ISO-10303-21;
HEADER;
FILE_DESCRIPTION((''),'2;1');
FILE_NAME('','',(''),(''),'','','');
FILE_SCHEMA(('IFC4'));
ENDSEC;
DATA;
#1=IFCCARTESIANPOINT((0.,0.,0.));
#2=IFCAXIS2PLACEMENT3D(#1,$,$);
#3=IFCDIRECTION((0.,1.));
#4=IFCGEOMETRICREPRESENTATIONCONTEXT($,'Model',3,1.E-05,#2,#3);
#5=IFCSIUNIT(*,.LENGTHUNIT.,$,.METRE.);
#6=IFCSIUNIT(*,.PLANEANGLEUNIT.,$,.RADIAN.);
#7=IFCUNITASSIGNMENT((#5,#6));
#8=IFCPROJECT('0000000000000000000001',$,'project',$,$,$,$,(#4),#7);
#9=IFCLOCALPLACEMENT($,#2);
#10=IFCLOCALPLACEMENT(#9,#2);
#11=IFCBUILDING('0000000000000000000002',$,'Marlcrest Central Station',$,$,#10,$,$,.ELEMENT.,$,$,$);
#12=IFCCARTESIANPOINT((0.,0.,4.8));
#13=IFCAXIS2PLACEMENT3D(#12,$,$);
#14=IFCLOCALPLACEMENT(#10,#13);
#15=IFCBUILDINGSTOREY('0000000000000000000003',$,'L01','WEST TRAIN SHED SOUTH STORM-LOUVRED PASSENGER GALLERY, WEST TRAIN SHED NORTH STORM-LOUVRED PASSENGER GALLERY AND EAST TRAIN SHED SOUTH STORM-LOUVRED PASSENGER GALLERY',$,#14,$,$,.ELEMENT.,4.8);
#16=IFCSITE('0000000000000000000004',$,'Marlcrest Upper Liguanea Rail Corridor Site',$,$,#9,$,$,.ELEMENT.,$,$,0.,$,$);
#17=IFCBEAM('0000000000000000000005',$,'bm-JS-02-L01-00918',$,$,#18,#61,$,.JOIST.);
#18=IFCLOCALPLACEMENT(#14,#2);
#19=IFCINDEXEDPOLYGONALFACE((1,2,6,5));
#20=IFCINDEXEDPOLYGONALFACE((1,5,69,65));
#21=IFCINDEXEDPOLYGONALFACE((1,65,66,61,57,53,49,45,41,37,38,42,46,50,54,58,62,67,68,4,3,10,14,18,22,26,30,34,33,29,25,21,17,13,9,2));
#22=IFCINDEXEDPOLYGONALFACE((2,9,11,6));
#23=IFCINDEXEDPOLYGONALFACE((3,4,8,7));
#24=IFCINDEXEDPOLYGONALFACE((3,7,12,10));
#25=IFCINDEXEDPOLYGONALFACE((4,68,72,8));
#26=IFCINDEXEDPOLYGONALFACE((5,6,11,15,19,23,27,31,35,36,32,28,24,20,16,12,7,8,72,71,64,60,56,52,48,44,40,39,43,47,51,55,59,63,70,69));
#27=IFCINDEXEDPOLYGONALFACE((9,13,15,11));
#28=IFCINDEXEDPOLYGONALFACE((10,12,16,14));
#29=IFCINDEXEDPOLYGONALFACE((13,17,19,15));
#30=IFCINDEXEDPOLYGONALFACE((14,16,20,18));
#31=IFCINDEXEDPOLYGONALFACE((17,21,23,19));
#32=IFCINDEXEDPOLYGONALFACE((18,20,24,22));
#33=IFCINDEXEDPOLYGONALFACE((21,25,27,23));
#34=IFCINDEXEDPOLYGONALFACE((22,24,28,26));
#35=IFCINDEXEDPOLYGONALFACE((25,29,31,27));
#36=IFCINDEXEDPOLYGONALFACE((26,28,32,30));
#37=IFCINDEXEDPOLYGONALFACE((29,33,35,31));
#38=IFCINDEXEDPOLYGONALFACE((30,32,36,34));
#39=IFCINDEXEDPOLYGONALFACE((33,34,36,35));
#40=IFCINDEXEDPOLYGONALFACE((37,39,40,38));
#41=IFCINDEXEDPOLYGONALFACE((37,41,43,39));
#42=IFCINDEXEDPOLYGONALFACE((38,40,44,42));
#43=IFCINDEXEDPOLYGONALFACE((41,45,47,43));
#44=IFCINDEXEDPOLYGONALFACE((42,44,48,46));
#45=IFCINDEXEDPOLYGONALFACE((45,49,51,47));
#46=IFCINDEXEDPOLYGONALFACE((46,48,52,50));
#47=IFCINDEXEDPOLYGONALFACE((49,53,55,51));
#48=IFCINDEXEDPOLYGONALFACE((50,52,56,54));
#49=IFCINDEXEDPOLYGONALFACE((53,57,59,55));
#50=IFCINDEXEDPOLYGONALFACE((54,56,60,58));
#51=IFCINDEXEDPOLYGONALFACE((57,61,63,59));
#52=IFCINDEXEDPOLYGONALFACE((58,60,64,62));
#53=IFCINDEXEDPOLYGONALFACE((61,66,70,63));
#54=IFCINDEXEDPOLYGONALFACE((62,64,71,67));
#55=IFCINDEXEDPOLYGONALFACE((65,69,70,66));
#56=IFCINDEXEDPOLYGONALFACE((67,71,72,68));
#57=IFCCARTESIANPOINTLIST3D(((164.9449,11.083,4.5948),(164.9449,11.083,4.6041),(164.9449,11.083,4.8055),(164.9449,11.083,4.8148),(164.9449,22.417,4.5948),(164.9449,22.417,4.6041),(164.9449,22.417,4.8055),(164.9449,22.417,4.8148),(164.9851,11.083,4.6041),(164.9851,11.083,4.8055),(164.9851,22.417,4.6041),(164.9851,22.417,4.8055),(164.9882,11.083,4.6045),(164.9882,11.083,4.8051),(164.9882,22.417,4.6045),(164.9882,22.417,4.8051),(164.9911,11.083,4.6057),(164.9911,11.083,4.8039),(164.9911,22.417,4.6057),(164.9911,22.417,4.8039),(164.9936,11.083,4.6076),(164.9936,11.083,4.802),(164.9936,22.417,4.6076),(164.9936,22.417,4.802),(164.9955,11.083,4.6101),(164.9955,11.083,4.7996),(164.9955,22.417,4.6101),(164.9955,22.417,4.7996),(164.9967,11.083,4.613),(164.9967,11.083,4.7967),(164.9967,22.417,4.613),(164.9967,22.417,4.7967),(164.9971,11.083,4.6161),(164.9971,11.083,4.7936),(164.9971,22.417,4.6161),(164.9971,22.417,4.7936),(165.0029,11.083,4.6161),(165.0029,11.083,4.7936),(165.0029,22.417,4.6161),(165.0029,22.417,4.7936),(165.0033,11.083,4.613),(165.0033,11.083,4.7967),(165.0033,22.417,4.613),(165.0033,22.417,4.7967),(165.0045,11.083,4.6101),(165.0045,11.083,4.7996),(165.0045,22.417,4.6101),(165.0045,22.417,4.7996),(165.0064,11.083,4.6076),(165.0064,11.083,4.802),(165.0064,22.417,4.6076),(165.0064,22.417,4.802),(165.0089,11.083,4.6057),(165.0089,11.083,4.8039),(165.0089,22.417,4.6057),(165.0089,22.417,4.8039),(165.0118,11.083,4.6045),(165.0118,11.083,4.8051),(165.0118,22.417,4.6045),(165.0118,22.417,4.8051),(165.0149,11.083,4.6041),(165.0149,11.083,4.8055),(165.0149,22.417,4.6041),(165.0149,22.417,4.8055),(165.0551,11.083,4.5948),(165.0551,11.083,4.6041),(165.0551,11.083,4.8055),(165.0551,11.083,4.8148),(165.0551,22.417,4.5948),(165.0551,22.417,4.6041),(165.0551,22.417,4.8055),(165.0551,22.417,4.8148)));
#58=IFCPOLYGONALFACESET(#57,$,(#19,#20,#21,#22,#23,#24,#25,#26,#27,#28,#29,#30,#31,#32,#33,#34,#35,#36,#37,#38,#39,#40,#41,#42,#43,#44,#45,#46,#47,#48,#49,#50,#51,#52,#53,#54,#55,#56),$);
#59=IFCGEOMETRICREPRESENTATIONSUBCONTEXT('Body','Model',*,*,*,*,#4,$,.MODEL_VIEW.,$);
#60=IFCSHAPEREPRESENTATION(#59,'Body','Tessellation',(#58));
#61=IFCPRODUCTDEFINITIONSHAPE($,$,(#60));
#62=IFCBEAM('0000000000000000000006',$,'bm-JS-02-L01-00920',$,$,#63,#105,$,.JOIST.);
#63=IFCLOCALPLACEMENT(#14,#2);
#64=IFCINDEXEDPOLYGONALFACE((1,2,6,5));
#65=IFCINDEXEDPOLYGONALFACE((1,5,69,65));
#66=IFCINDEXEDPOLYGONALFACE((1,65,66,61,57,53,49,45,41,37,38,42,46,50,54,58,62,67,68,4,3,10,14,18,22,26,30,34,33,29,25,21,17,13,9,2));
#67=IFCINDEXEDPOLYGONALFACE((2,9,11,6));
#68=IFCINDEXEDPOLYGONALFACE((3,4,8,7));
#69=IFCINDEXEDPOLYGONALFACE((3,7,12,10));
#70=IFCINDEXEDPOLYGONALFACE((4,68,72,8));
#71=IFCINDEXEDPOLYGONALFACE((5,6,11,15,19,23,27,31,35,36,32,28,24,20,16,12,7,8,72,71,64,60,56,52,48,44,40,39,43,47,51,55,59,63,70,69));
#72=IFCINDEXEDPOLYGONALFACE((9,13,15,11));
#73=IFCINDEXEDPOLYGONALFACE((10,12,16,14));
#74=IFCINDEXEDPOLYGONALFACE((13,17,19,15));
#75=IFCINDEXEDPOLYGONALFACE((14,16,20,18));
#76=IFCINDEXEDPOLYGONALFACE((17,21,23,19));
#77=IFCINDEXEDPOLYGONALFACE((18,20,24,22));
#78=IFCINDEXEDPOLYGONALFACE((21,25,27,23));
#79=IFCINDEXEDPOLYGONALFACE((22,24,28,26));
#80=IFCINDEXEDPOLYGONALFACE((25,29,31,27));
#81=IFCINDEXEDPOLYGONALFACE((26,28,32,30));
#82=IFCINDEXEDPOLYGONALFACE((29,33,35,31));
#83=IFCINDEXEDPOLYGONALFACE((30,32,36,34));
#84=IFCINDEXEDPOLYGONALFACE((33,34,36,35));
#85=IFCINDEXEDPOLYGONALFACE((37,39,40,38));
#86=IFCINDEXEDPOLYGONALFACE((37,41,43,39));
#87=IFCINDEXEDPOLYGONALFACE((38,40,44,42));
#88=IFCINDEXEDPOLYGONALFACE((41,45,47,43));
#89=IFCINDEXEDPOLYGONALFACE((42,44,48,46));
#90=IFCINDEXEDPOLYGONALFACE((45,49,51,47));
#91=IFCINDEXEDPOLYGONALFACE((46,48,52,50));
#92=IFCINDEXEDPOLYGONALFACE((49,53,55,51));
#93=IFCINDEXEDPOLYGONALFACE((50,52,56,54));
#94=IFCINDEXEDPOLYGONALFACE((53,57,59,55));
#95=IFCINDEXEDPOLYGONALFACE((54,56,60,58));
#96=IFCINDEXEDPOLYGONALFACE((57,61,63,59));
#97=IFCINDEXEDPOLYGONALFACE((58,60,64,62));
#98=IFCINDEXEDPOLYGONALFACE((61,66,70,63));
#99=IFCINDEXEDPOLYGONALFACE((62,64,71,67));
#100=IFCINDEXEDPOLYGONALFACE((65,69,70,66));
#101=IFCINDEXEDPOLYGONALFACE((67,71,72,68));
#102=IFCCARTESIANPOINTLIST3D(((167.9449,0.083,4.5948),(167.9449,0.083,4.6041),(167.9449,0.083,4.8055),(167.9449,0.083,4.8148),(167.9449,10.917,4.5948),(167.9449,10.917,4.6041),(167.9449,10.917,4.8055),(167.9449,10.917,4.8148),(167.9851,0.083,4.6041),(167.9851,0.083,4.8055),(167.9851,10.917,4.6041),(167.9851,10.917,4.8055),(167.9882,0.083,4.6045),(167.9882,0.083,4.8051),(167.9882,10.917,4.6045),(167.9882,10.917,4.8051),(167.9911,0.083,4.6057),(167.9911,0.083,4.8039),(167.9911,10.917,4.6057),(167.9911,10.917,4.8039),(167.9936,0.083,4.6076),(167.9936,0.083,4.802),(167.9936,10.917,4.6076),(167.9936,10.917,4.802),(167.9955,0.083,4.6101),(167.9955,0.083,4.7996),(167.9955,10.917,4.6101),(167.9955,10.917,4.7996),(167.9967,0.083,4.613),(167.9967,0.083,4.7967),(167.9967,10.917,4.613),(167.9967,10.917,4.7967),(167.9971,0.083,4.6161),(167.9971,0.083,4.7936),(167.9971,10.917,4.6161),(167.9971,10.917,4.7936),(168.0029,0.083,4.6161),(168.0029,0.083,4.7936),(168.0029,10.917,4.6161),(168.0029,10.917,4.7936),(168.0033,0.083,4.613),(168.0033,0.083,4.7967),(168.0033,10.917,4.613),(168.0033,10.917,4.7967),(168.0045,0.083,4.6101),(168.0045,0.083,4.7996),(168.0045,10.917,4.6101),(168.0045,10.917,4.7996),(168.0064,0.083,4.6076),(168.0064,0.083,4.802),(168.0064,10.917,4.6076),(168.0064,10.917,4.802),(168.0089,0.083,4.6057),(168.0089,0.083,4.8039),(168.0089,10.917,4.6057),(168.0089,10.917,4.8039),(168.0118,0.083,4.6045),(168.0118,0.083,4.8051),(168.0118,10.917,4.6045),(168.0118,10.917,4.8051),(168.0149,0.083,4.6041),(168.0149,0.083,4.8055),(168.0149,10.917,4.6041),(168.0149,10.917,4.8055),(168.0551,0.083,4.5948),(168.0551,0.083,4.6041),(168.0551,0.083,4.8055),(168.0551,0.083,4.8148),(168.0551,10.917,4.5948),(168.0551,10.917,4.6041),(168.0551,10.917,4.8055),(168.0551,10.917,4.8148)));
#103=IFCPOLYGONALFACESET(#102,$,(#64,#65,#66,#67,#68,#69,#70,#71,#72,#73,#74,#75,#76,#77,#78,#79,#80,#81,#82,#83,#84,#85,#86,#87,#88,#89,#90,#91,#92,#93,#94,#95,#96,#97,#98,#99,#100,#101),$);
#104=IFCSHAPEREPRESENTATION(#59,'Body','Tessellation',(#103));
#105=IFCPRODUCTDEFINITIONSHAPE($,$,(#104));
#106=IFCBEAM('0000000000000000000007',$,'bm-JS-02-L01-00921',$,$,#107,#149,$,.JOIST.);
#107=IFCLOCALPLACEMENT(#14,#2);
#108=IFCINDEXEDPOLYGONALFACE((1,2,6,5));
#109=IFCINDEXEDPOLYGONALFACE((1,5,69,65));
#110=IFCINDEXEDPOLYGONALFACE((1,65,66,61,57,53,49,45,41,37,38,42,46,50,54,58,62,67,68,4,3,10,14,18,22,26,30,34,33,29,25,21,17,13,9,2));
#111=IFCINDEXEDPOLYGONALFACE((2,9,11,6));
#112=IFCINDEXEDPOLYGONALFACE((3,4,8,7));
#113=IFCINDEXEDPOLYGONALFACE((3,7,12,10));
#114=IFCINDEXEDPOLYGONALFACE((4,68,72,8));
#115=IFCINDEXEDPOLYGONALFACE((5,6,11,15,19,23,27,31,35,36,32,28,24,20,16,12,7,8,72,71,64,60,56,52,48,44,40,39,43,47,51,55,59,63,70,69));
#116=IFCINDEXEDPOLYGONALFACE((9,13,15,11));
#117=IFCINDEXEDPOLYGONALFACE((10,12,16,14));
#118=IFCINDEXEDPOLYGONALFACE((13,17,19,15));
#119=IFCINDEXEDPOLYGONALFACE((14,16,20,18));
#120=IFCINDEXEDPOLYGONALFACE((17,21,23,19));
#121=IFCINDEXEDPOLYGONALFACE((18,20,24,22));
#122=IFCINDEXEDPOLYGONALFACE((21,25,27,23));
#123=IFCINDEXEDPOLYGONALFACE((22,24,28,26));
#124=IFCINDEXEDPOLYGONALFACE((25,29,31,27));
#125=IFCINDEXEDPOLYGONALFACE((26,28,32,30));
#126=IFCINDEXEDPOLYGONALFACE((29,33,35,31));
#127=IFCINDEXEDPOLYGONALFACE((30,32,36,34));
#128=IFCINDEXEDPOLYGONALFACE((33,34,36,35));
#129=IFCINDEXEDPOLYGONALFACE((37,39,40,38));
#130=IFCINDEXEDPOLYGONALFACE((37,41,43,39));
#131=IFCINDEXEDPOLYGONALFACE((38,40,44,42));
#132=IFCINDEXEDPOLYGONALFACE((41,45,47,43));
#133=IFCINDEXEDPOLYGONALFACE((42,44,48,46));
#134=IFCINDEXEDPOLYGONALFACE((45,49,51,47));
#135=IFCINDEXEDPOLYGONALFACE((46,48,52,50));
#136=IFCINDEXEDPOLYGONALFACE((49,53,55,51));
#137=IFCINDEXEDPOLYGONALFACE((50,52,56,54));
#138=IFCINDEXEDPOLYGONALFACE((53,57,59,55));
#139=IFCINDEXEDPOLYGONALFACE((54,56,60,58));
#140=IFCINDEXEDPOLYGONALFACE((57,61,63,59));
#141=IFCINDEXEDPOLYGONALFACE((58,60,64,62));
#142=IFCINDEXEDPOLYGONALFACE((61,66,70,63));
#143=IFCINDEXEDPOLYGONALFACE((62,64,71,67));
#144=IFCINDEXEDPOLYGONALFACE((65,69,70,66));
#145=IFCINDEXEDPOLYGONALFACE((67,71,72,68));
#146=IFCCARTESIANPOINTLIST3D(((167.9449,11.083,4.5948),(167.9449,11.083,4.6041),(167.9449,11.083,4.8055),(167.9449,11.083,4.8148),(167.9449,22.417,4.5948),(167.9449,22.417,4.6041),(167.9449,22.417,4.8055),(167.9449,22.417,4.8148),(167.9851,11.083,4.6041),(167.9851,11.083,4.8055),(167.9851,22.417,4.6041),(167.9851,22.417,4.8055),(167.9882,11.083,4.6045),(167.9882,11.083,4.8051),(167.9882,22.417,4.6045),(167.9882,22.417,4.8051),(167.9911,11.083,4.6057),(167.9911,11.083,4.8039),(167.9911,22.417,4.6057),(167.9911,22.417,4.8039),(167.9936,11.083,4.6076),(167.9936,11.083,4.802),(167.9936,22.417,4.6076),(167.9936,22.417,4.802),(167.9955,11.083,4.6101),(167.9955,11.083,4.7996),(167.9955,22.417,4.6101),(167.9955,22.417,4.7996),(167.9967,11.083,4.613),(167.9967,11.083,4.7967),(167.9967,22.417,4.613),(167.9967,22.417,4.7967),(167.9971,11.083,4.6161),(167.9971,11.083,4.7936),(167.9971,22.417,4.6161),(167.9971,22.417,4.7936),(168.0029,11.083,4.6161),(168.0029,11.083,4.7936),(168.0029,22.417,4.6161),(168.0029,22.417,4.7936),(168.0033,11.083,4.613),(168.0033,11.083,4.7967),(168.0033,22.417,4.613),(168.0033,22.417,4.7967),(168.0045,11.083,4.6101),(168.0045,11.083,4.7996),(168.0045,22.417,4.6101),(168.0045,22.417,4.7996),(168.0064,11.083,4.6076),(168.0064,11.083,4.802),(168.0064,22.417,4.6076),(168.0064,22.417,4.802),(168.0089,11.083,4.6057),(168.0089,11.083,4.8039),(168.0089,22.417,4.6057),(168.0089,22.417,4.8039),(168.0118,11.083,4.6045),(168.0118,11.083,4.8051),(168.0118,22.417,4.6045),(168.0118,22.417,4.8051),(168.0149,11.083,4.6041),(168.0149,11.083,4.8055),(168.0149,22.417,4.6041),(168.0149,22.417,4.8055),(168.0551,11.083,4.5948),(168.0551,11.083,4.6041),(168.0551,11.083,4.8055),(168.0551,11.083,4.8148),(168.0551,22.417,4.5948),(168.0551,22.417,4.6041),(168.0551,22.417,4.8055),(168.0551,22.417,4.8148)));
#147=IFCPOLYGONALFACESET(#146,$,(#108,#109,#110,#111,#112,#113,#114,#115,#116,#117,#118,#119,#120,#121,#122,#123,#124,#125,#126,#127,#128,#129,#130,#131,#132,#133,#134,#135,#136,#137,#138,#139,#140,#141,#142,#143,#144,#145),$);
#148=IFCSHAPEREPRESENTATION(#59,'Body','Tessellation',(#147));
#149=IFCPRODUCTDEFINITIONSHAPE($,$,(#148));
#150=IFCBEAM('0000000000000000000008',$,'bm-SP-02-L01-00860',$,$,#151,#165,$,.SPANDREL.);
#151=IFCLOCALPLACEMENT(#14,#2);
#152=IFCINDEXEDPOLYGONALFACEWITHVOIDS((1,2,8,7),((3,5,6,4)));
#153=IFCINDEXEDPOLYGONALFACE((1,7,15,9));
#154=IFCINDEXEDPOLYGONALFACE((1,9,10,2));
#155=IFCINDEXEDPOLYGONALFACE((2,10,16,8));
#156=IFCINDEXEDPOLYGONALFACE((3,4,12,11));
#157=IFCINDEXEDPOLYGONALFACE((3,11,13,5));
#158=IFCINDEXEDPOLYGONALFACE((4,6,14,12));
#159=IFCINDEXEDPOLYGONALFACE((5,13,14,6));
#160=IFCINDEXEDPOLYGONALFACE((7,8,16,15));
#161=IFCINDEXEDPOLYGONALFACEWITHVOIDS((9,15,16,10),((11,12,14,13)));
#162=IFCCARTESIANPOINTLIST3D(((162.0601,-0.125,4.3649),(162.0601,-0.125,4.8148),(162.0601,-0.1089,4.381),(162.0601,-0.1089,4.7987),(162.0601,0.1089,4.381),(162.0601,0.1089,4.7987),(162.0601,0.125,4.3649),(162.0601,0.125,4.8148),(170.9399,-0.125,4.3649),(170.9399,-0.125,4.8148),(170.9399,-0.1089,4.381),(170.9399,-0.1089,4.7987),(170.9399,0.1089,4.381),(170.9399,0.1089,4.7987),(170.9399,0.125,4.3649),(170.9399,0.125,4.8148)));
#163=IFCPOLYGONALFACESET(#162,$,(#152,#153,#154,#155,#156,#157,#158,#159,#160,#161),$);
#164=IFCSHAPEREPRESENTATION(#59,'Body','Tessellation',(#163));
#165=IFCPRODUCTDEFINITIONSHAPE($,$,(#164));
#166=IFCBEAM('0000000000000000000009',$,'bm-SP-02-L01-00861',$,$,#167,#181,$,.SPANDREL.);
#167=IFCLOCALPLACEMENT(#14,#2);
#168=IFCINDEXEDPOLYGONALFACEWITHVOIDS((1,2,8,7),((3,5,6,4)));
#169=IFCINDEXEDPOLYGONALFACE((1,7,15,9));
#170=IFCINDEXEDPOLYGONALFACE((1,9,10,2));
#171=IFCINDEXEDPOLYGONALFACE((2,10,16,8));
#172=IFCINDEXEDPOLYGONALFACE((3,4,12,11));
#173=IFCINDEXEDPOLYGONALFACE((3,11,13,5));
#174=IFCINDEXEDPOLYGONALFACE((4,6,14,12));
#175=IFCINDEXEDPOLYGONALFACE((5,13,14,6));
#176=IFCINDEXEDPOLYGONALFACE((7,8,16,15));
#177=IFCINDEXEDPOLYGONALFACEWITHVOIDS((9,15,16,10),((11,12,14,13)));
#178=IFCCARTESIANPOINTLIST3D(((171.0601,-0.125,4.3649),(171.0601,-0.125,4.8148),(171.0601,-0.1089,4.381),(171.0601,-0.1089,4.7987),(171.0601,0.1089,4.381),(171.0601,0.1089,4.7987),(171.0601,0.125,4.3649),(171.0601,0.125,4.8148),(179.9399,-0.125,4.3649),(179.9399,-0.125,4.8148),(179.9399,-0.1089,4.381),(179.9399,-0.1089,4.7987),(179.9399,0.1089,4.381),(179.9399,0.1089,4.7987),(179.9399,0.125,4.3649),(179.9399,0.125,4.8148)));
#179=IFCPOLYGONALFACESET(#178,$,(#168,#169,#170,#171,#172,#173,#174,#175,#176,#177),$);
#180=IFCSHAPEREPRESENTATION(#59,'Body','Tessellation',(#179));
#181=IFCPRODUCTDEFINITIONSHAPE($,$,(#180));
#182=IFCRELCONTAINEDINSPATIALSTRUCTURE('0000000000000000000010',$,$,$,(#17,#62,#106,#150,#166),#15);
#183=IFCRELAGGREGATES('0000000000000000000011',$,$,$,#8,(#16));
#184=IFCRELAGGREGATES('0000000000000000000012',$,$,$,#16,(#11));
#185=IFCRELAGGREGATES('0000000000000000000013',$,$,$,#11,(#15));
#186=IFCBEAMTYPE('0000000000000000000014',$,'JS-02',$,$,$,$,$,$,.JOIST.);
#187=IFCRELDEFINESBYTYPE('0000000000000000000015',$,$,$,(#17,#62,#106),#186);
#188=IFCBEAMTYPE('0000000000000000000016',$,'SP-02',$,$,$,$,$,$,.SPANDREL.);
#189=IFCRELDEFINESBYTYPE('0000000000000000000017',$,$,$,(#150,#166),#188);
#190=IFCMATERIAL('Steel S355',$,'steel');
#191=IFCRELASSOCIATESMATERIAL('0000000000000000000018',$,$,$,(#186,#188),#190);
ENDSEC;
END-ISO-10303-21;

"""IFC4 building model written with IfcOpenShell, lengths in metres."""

from ifc_helpers import new_model, si_unit, direction, frame, origin, origin_2d, place, context, subcontext, project, spatial, hollow_rectangle, i_section, extrude, material, material_profile, profile_set, type_object, element, save


model = new_model("IFC4")

# Units and contexts
model_context = context("Model", 3, precision=1e-05, world=origin(), true_north=direction((0.0, 1.0)))
body_context = subcontext(model_context, "Body", "Model", "MODEL_VIEW")
ifc_project = project(units=[si_unit("LENGTHUNIT", "METRE"), si_unit("PLANEANGLEUNIT", "RADIAN")], contexts=[model_context])

# Site, building, storey
site_placement = place(None, origin())
site = spatial("IfcSite", under=ifc_project, at=site_placement, Name="Marlcrest Upper Liguanea Rail Corridor Site", CompositionType="ELEMENT", RefElevation=0.0)
building_placement = place(site_placement, origin())
building = spatial("IfcBuilding", under=site, at=building_placement, Name="Marlcrest Central Station", CompositionType="ELEMENT")
storey_placement = place(building_placement, frame((0.0, 0.0, 4.8)))
storey = spatial("IfcBuildingStorey", under=building, at=storey_placement, Name="L01", Description="WEST TRAIN SHED SOUTH STORM-LOUVRED PASSENGER GALLERY, WEST TRAIN SHED NORTH STORM-LOUVRED PASSENGER GALLERY AND EAST TRAIN SHED SOUTH STORM-LOUVRED PASSENGER GALLERY", CompositionType="ELEMENT", Elevation=4.8)

# Beams
ifc_material_1 = material(Name="Steel S355", Category="steel")
ifc_material_profile_1 = material_profile(ifc_material_1, i_section(OverallWidth=0.1101, OverallDepth=0.22, WebThickness=0.0059, FlangeThickness=0.0093, FilletRadius=0.012, at=origin_2d()), Name="IPE 220")
ifc_profile_set_1 = profile_set([ifc_material_profile_1], Name="Steel S355")
beam_type_1 = type_object("IfcBeamType", Name="JS-02", PredefinedType="JOIST", material=ifc_profile_set_1)
beam_1_placement = place(storey_placement, frame((165.0, 11.083, 4.7048), z_axis=(0.0, 1.0, 0.0), x_axis=(-1.0, 0.0, 0.0)))
element("IfcBeam", 1, at=beam_1_placement, inside=storey, type_object=beam_type_1, Name="bm-JS-02-L01-00918", PredefinedType="JOIST", context=body_context, shape_type="SweptSolid", body=[
    extrude(i_section(OverallWidth=0.1101, OverallDepth=0.22, WebThickness=0.0059, FlangeThickness=0.0093, FilletRadius=0.012, at=origin_2d()), origin(), (0.0, 0.0, 1.0), 11.334),
])
beam_2_placement = place(storey_placement, frame((168.0, 0.083, 4.7048), z_axis=(0.0, 1.0, 0.0), x_axis=(-1.0, 0.0, 0.0)))
element("IfcBeam", 2, at=beam_2_placement, inside=storey, type_object=beam_type_1, Name="bm-JS-02-L01-00920", PredefinedType="JOIST", context=body_context, shape_type="SweptSolid", body=[
    extrude(i_section(OverallWidth=0.1101, OverallDepth=0.22, WebThickness=0.0059, FlangeThickness=0.0093, FilletRadius=0.012, at=origin_2d()), origin(), (0.0, 0.0, 1.0), 10.834),
])
beam_3_placement = place(storey_placement, frame((168.0, 11.083, 4.7048), z_axis=(0.0, 1.0, 0.0), x_axis=(-1.0, 0.0, 0.0)))
element("IfcBeam", 3, at=beam_3_placement, inside=storey, type_object=beam_type_1, Name="bm-JS-02-L01-00921", PredefinedType="JOIST", context=body_context, shape_type="SweptSolid", body=[
    extrude(i_section(OverallWidth=0.1101, OverallDepth=0.22, WebThickness=0.0059, FlangeThickness=0.0093, FilletRadius=0.012, at=origin_2d()), origin(), (0.0, 0.0, 1.0), 11.334),
])
ifc_material_profile_2 = material_profile(ifc_material_1, hollow_rectangle(XDim=0.25, YDim=0.45, WallThickness=0.0161, at=origin_2d()), Name="RHS 450x250x16")
ifc_profile_set_2 = profile_set([ifc_material_profile_2], Name="Steel S355")
beam_type_2 = type_object("IfcBeamType", Name="SP-02", PredefinedType="SPANDREL", material=ifc_profile_set_2)
for number, where, z_axis, x_axis, name in (
    (4, (162.0601, 0.0, 4.5898), (1.0, 0.0, 0.0), (0.0, 1.0, 0.0), "bm-SP-02-L01-00860"),
    (5, (171.0601, 0.0, 4.5898), (1.0, 0.0, 0.0), (0.0, 1.0, 0.0), "bm-SP-02-L01-00861"),
):
    element("IfcBeam", number, at=place(storey_placement, frame(where, z_axis=z_axis, x_axis=x_axis)), inside=storey, type_object=beam_type_2, Name=name, PredefinedType="SPANDREL", context=body_context, shape_type="SweptSolid", body=[
        extrude(hollow_rectangle(XDim=0.25, YDim=0.45, WallThickness=0.0161, at=origin_2d()), origin(), (0.0, 0.0, 1.0), 8.8799),
    ])

save(model, "model.ifc")
